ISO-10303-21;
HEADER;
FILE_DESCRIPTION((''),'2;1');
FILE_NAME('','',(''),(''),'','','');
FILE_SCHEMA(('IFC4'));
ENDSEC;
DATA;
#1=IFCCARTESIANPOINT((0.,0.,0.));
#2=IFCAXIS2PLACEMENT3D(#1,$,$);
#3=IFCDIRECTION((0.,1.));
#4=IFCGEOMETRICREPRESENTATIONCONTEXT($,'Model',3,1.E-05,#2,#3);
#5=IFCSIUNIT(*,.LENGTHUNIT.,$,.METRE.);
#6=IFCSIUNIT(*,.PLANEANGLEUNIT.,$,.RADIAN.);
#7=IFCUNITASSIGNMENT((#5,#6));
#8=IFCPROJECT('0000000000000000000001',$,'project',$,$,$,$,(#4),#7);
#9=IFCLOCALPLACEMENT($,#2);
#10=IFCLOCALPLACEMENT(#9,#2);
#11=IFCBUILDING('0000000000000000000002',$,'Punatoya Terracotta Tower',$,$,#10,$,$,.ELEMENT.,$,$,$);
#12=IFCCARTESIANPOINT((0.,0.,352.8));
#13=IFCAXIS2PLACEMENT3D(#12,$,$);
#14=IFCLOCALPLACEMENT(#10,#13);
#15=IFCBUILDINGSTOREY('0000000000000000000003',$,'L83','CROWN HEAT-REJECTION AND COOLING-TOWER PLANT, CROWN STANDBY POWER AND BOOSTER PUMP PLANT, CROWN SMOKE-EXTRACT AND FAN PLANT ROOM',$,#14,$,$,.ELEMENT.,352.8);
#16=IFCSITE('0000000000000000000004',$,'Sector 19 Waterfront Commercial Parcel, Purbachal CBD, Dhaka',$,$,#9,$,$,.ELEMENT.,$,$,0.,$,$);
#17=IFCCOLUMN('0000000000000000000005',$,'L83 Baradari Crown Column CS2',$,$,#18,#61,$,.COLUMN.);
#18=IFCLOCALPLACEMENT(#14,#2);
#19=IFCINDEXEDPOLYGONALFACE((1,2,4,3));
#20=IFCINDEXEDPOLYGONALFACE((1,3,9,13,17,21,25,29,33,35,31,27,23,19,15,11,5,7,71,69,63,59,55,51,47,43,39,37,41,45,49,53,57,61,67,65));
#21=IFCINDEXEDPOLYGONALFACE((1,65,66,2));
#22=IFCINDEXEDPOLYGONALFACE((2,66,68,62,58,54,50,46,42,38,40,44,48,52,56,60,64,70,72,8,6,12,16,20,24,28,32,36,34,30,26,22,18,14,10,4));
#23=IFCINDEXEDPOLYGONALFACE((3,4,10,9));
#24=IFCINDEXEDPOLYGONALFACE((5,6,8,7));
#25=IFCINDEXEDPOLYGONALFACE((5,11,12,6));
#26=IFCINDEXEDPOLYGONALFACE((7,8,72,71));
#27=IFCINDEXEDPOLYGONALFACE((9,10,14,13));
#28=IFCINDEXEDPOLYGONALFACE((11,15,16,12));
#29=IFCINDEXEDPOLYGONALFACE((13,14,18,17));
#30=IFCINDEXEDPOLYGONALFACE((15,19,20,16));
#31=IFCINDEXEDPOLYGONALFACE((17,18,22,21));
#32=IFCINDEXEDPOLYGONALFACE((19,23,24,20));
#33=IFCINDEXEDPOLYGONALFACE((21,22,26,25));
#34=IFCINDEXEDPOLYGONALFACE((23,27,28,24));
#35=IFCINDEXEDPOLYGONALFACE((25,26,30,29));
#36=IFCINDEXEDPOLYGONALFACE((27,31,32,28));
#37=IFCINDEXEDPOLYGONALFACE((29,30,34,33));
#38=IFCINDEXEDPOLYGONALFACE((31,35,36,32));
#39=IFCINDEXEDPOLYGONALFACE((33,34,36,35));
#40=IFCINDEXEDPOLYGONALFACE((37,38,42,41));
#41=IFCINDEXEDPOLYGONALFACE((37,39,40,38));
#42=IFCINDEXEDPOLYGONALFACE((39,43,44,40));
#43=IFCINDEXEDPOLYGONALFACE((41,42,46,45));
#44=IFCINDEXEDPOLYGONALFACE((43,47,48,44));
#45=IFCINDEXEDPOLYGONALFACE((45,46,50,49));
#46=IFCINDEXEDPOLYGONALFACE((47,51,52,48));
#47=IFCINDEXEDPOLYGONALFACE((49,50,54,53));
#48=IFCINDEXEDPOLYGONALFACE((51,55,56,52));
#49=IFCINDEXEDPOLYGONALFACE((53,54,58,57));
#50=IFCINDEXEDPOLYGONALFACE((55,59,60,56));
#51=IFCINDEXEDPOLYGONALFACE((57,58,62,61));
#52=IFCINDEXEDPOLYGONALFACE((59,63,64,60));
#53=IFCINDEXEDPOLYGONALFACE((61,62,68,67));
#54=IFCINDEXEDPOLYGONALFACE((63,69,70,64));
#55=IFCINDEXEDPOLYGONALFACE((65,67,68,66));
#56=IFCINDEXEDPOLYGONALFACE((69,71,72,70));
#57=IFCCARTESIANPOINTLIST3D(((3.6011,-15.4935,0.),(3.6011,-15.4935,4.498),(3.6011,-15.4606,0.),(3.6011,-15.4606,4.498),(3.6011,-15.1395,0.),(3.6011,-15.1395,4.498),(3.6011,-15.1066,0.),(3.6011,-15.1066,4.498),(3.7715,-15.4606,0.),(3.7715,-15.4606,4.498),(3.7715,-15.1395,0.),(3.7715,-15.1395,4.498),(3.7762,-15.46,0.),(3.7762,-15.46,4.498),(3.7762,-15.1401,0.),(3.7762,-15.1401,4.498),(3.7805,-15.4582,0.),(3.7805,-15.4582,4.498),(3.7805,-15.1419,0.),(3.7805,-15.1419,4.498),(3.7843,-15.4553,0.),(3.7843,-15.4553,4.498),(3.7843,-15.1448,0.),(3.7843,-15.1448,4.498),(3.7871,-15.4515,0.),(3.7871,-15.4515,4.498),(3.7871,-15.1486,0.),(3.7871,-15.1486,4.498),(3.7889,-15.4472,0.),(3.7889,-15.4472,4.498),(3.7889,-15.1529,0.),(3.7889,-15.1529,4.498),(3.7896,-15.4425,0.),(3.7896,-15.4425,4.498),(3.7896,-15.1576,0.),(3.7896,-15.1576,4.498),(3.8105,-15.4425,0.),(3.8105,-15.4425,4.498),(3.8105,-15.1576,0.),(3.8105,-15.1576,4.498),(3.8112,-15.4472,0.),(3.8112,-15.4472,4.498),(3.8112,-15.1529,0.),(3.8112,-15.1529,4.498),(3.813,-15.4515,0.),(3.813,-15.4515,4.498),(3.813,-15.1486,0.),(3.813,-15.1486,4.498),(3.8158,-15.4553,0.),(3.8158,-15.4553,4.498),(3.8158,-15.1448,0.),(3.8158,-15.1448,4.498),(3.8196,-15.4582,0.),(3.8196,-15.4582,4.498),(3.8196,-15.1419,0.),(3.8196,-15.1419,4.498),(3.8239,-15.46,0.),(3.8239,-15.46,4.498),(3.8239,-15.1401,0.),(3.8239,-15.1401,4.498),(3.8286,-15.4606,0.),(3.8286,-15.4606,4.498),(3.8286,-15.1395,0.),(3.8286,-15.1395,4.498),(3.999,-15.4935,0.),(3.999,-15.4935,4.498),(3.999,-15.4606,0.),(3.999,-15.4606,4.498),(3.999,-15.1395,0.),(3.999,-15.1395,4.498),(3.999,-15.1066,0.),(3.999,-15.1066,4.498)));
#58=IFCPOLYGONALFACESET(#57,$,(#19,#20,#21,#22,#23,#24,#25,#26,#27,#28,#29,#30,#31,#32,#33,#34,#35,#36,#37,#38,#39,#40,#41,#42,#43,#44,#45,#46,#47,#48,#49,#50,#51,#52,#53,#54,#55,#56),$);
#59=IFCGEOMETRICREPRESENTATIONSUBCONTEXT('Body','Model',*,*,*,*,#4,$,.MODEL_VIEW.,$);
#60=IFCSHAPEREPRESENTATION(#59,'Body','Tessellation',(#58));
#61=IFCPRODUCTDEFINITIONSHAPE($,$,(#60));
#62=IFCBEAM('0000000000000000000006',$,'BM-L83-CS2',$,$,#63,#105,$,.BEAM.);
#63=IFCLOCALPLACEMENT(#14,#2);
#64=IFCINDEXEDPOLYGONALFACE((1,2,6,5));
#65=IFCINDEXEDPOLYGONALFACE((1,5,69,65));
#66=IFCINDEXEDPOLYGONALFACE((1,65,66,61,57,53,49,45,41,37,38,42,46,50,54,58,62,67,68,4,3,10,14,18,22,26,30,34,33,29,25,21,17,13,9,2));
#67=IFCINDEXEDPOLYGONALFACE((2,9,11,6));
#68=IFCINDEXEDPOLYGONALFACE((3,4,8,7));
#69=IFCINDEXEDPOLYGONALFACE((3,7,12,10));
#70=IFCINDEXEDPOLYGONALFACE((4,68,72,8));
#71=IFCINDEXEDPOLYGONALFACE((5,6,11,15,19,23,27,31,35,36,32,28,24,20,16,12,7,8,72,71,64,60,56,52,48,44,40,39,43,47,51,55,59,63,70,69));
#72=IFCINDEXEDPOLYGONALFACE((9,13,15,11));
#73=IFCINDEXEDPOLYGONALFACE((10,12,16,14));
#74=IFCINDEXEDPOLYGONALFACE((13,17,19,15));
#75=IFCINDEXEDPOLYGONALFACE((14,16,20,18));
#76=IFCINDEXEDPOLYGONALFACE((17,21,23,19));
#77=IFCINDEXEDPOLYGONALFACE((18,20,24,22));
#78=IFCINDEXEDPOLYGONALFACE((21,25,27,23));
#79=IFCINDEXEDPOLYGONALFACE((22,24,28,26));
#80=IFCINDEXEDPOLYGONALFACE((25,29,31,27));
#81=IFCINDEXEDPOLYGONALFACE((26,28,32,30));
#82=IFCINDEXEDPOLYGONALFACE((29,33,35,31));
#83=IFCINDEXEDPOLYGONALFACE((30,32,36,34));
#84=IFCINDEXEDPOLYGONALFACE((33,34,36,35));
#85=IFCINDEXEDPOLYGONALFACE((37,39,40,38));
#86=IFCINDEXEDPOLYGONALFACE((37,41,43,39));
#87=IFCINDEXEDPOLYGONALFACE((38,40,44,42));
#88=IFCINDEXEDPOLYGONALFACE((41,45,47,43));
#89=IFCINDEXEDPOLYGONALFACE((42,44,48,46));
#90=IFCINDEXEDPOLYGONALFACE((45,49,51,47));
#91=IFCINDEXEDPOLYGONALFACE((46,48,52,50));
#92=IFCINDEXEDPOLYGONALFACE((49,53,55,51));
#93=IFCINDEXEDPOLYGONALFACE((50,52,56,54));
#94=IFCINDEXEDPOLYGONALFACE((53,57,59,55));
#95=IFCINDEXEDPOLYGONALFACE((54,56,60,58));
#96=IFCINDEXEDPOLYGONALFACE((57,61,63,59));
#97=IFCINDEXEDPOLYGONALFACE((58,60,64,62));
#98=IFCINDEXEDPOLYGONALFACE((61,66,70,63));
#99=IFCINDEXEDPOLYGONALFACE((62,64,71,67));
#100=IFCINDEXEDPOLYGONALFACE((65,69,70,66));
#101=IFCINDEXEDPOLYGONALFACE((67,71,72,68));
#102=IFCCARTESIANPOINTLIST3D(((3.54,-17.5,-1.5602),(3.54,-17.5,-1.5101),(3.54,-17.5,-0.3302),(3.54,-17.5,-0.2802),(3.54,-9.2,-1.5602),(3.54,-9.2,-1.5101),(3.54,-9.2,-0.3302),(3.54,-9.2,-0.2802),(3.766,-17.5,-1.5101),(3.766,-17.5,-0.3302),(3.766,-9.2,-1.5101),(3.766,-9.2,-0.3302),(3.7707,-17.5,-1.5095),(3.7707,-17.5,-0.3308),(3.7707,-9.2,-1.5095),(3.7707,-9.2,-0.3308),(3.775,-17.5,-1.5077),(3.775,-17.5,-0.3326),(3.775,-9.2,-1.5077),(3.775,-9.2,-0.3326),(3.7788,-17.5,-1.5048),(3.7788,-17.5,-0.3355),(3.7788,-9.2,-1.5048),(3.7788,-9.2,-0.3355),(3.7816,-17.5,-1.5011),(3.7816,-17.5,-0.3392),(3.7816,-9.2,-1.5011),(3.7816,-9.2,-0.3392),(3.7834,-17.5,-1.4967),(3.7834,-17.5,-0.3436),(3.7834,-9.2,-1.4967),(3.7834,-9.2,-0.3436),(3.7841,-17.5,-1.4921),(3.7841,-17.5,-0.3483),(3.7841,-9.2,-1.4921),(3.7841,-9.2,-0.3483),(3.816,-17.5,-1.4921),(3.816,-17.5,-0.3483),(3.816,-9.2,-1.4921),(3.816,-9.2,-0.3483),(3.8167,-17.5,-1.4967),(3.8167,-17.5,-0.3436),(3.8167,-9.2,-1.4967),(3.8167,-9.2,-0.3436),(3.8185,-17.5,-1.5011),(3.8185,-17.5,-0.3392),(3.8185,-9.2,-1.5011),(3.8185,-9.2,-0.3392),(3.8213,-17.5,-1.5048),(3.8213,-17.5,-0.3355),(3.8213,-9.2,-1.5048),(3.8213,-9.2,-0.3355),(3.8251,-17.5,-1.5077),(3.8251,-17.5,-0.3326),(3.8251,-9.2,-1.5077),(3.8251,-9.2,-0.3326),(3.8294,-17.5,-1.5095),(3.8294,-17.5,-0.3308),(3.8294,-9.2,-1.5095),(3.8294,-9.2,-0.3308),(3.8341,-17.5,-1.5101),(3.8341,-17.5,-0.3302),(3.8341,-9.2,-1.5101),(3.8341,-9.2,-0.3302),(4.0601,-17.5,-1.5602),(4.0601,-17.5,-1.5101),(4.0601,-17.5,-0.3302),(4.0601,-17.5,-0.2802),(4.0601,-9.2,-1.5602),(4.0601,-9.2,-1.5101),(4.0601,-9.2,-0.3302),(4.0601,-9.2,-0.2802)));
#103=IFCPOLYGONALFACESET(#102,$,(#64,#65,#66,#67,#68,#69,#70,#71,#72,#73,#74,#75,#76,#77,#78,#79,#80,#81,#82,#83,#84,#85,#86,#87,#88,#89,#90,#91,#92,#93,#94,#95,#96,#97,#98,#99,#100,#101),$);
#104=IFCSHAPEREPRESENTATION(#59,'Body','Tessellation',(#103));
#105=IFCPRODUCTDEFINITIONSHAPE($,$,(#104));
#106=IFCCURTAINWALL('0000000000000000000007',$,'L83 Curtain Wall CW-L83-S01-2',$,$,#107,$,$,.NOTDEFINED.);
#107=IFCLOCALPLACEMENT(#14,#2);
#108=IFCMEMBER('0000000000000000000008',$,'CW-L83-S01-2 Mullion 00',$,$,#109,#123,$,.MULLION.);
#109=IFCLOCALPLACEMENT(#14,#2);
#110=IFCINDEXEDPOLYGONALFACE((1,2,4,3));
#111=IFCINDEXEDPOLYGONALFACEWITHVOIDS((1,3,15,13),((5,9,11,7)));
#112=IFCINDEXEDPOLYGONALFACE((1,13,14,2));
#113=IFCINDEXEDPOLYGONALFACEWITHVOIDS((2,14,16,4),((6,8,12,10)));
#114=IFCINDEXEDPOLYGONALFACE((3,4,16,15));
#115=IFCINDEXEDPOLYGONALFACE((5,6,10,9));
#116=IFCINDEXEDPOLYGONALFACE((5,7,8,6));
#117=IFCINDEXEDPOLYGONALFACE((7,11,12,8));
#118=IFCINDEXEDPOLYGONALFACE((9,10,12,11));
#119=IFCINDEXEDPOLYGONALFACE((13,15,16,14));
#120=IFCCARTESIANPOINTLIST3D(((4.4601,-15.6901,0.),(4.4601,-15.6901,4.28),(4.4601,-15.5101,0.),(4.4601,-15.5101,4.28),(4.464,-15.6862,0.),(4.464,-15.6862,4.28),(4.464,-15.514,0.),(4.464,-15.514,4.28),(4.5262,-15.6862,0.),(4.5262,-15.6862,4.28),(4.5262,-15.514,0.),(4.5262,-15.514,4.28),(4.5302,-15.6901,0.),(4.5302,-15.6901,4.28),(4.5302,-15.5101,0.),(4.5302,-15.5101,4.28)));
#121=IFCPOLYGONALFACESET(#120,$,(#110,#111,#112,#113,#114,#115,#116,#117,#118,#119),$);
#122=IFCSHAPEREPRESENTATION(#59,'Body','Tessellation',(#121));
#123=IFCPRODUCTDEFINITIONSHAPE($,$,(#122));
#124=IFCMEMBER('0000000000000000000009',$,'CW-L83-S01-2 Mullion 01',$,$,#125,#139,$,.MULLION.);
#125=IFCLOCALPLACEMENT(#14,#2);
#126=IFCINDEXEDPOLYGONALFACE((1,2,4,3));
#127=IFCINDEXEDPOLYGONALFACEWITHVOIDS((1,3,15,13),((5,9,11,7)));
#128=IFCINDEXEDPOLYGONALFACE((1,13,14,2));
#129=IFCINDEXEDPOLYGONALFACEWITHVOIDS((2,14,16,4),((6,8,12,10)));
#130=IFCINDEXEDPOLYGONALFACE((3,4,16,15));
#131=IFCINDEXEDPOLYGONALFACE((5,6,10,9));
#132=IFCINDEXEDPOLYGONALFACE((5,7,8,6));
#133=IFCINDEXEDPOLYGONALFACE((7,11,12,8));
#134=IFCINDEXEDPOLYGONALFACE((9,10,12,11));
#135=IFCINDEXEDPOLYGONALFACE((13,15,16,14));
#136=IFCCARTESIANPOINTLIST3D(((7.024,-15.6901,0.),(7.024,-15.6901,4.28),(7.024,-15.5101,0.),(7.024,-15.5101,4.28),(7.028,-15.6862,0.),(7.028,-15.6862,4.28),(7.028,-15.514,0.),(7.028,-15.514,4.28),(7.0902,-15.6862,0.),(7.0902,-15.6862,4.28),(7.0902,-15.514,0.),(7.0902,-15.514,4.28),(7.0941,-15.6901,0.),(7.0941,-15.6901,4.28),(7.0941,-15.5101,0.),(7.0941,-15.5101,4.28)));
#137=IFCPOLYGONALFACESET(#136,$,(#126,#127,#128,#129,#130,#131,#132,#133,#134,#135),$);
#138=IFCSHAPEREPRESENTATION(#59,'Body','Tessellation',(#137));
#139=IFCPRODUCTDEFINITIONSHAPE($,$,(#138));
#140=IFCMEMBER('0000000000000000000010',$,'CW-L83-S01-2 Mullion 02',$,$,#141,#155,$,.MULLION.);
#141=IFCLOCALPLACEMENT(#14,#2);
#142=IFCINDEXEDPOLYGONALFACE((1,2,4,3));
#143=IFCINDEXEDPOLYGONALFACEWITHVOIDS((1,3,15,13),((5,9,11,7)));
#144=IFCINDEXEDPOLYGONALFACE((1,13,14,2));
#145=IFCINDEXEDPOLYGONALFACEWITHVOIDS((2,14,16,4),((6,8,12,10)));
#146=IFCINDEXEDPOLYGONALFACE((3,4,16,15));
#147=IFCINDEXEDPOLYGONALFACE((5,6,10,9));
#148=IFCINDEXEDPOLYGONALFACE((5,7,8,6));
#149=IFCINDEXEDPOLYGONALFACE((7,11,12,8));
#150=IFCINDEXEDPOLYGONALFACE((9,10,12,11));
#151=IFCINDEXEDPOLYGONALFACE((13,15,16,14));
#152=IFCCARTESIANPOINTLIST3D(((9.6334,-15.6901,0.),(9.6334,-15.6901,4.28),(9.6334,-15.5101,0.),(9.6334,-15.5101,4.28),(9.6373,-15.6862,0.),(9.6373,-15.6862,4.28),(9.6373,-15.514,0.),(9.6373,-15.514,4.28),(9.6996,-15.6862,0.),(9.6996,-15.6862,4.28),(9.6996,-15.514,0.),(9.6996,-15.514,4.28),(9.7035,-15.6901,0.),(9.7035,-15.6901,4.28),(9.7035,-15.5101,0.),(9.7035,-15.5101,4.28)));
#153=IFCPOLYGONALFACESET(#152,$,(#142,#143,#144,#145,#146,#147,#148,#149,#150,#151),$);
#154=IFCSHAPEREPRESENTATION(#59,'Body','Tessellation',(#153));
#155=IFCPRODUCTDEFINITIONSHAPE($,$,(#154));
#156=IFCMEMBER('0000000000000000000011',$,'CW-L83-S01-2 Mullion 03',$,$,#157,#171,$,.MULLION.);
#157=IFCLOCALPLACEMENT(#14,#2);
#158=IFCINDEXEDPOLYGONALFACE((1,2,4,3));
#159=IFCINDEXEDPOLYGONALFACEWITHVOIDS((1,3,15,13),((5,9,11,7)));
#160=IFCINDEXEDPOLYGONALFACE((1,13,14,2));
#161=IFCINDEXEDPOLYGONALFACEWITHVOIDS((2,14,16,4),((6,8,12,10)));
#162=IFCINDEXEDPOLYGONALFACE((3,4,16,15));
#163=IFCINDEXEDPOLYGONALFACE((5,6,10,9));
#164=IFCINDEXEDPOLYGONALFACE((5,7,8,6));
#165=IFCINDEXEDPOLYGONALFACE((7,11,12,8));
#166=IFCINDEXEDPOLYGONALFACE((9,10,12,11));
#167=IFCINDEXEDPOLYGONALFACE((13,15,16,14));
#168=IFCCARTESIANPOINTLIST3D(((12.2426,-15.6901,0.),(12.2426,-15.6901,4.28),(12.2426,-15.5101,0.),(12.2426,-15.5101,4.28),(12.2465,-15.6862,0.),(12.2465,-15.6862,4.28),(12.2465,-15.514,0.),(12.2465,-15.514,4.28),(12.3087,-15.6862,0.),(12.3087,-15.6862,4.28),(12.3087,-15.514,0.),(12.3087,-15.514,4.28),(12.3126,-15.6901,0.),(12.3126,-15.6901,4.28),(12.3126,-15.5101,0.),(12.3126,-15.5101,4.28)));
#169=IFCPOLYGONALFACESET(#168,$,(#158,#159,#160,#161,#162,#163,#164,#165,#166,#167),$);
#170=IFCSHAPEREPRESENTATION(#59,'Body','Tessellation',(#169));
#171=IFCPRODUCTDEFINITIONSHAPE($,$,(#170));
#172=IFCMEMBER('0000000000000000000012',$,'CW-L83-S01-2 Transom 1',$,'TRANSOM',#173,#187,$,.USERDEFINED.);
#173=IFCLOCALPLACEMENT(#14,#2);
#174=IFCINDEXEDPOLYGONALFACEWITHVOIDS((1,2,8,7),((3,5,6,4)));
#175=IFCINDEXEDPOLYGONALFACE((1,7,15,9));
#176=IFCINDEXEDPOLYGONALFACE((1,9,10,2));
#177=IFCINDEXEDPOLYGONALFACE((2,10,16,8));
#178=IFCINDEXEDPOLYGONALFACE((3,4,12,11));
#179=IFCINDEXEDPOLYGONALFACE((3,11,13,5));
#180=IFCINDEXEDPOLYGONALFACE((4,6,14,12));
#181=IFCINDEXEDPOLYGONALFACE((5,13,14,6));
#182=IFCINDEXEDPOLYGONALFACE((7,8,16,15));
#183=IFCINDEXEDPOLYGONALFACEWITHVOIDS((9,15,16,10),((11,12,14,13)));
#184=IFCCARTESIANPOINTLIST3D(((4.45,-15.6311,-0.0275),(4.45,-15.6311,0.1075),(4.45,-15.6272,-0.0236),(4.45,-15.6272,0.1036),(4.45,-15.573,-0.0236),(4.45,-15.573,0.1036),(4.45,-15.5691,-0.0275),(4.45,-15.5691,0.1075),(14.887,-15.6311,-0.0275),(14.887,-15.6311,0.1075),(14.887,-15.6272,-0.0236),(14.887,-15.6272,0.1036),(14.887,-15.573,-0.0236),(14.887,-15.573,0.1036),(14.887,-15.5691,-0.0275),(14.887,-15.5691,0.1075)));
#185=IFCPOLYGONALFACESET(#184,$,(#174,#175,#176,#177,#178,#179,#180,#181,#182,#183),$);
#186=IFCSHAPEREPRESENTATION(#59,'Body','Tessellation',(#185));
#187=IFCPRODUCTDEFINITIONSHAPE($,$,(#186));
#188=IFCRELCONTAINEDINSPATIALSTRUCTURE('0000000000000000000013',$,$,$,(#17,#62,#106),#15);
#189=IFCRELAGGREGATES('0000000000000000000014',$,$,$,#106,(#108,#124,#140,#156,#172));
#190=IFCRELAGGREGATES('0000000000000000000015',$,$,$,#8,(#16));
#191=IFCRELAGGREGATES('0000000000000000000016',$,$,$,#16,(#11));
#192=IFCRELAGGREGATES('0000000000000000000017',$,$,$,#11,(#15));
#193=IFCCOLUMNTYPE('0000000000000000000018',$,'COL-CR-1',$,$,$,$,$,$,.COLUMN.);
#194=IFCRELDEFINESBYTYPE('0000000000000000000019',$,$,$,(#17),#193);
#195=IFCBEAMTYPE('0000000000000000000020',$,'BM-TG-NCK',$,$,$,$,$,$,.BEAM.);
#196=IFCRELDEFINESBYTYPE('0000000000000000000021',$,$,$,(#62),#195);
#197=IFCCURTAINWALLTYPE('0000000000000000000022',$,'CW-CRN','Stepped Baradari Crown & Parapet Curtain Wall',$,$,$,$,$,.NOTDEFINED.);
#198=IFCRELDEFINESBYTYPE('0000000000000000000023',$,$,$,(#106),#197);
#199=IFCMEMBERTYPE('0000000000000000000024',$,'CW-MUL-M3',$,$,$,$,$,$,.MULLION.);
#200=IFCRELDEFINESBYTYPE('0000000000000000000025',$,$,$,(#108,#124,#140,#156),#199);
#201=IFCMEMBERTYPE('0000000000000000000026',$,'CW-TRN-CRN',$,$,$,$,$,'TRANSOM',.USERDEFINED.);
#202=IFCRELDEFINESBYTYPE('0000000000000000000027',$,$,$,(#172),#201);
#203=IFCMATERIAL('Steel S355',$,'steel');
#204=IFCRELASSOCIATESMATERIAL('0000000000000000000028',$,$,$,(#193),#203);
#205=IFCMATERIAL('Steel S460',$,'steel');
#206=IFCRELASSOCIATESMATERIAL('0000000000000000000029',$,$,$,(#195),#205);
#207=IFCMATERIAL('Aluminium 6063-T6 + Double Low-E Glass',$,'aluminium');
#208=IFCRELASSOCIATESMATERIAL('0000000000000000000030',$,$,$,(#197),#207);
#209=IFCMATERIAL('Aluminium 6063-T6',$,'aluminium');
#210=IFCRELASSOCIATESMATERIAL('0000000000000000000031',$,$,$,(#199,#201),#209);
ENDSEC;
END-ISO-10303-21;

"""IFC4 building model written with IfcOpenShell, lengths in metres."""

from ifc_helpers import new_model, si_unit, direction, frame, origin, origin_2d, place, context, subcontext, project, spatial, hollow_rectangle, i_section, extrude, material, material_profile, profile_set, type_object, element, aggregate, save


model = new_model("IFC4")

# Units and contexts
model_context = context("Model", 3, precision=1e-05, world=origin(), true_north=direction((0.0, 1.0)))
body_context = subcontext(model_context, "Body", "Model", "MODEL_VIEW")
ifc_project = project(units=[si_unit("LENGTHUNIT", "METRE"), si_unit("PLANEANGLEUNIT", "RADIAN")], contexts=[model_context])

# Site, building, storey
site_placement = place(None, origin())
site = spatial("IfcSite", under=ifc_project, at=site_placement, Name="Sector 19 Waterfront Commercial Parcel, Purbachal CBD, Dhaka", CompositionType="ELEMENT", RefElevation=0.0)
building_placement = place(site_placement, origin())
building = spatial("IfcBuilding", under=site, at=building_placement, Name="Punatoya Terracotta Tower", CompositionType="ELEMENT")
storey_placement = place(building_placement, frame((0.0, 0.0, 352.8)))
storey = spatial("IfcBuildingStorey", under=building, at=storey_placement, Name="L83", Description="CROWN HEAT-REJECTION AND COOLING-TOWER PLANT, CROWN STANDBY POWER AND BOOSTER PUMP PLANT, CROWN SMOKE-EXTRACT AND FAN PLANT ROOM", CompositionType="ELEMENT", Elevation=352.8)

# Column
ifc_material_1 = material(Name="Steel S355", Category="steel")
ifc_material_profile_1 = material_profile(ifc_material_1, i_section(OverallWidth=0.3979, OverallDepth=0.387, WebThickness=0.021, FlangeThickness=0.033, FilletRadius=0.0181, at=origin_2d()))
ifc_profile_set_1 = profile_set([ifc_material_profile_1], Name="Steel S355")
column_type = type_object("IfcColumnType", Name="COL-CR-1", PredefinedType="COLUMN", material=ifc_profile_set_1)
column_placement = place(storey_placement, frame((3.8, -15.3, 0.0), z_axis=(0.0, 0.0, 1.0), x_axis=(1.0, 0.0, 0.0)))
element("IfcColumn", 1, at=column_placement, inside=storey, type_object=column_type, Name="L83 Baradari Crown Column CS2", PredefinedType="COLUMN", context=body_context, shape_type="SweptSolid", body=[
    extrude(i_section(OverallWidth=0.3979, OverallDepth=0.387, WebThickness=0.021, FlangeThickness=0.033, FilletRadius=0.0181, at=origin_2d()), origin(), (0.0, 0.0, 1.0), 4.498),
])

# Beam
ifc_material_2 = material(Name="Steel S460", Category="steel")
ifc_material_profile_2 = material_profile(ifc_material_2, i_section(OverallWidth=0.52, OverallDepth=1.28, WebThickness=0.032, FlangeThickness=0.05, FilletRadius=0.0181, at=origin_2d()))
ifc_profile_set_2 = profile_set([ifc_material_profile_2], Name="Steel S460")
beam_type = type_object("IfcBeamType", Name="BM-TG-NCK", PredefinedType="BEAM", material=ifc_profile_set_2)
beam_placement = place(storey_placement, frame((3.8, -17.5, -0.9202), z_axis=(0.0, 1.0, 0.0), x_axis=(-1.0, 0.0, 0.0)))
element("IfcBeam", 2, at=beam_placement, inside=storey, type_object=beam_type, Name="BM-L83-CS2", PredefinedType="BEAM", context=body_context, shape_type="SweptSolid", body=[
    extrude(i_section(OverallWidth=0.52, OverallDepth=1.28, WebThickness=0.032, FlangeThickness=0.05, FilletRadius=0.0181, at=origin_2d()), origin(), (0.0, 0.0, 1.0), 8.3),
])

# Curtain wall, members
ifc_material_3 = material(Name="Aluminium 6063-T6 + Double Low-E Glass", Category="aluminium")
curtain_wall_type = type_object("IfcCurtainWallType", Name="CW-CRN", Description="Stepped Baradari Crown & Parapet Curtain Wall", PredefinedType="NOTDEFINED", material=ifc_material_3)
curtain_wall_placement = place(storey_placement, origin())
curtain_wall = element("IfcCurtainWall", 3, at=curtain_wall_placement, inside=storey, type_object=curtain_wall_type, Name="L83 Curtain Wall CW-L83-S01-2", PredefinedType="NOTDEFINED")
ifc_material_4 = material(Name="Aluminium 6063-T6", Category="aluminium")
ifc_material_profile_3 = material_profile(ifc_material_4, hollow_rectangle(XDim=0.0701, YDim=0.1799, WallThickness=0.0039, at=origin_2d()))
ifc_profile_set_3 = profile_set([ifc_material_profile_3], Name="Aluminium 6063-T6")
member_type_1 = type_object("IfcMemberType", Name="CW-MUL-M3", PredefinedType="MULLION", material=ifc_profile_set_3)
member_1_placement = place(storey_placement, frame((4.4951, -15.6001, 0.0), z_axis=(0.0, 0.0, 1.0), x_axis=(1.0, 0.0, 0.0)))
member_1 = element("IfcMember", 4, at=member_1_placement, type_object=member_type_1, Name="CW-L83-S01-2 Mullion 00", PredefinedType="MULLION", context=body_context, shape_type="SweptSolid", body=[
    extrude(hollow_rectangle(XDim=0.0701, YDim=0.1799, WallThickness=0.0039, at=origin_2d()), origin(), (0.0, 0.0, 1.0), 4.28),
])
member_2_placement = place(storey_placement, frame((7.0591, -15.6001, 0.0), z_axis=(0.0, 0.0, 1.0), x_axis=(1.0, 0.0, 0.0)))
member_2 = element("IfcMember", 5, at=member_2_placement, type_object=member_type_1, Name="CW-L83-S01-2 Mullion 01", PredefinedType="MULLION", context=body_context, shape_type="SweptSolid", body=[
    extrude(hollow_rectangle(XDim=0.0701, YDim=0.1799, WallThickness=0.0039, at=origin_2d()), origin(), (0.0, 0.0, 1.0), 4.28),
])
member_3_placement = place(storey_placement, frame((9.6685, -15.6001, 0.0), z_axis=(0.0, 0.0, 1.0), x_axis=(1.0, 0.0, 0.0)))
member_3 = element("IfcMember", 6, at=member_3_placement, type_object=member_type_1, Name="CW-L83-S01-2 Mullion 02", PredefinedType="MULLION", context=body_context, shape_type="SweptSolid", body=[
    extrude(hollow_rectangle(XDim=0.0701, YDim=0.1799, WallThickness=0.0039, at=origin_2d()), origin(), (0.0, 0.0, 1.0), 4.28),
])
member_4_placement = place(storey_placement, frame((12.2776, -15.6001, 0.0), z_axis=(0.0, 0.0, 1.0), x_axis=(1.0, 0.0, 0.0)))
member_4 = element("IfcMember", 7, at=member_4_placement, type_object=member_type_1, Name="CW-L83-S01-2 Mullion 03", PredefinedType="MULLION", context=body_context, shape_type="SweptSolid", body=[
    extrude(hollow_rectangle(XDim=0.0701, YDim=0.1799, WallThickness=0.0039, at=origin_2d()), origin(), (0.0, 0.0, 1.0), 4.28),
])
ifc_material_profile_4 = material_profile(ifc_material_4, hollow_rectangle(XDim=0.062, YDim=0.135, WallThickness=0.0039, at=origin_2d()))
ifc_profile_set_4 = profile_set([ifc_material_profile_4], Name="Aluminium 6063-T6")
member_type_2 = type_object("IfcMemberType", Name="CW-TRN-CRN", ElementType="TRANSOM", PredefinedType="USERDEFINED", material=ifc_profile_set_4)
member_5_placement = place(storey_placement, frame((4.45, -15.6001, 0.04), z_axis=(1.0, 0.0, 0.0), x_axis=(0.0, 1.0, 0.0)))
member_5 = element("IfcMember", 8, at=member_5_placement, type_object=member_type_2, Name="CW-L83-S01-2 Transom 1", ObjectType="TRANSOM", PredefinedType="USERDEFINED", context=body_context, shape_type="SweptSolid", body=[
    extrude(hollow_rectangle(XDim=0.062, YDim=0.135, WallThickness=0.0039, at=origin_2d()), origin(), (0.0, 0.0, 1.0), 10.437),
])

aggregate(curtain_wall, [member_1, member_2, member_3, member_4, member_5])

save(model, "model.ifc")
